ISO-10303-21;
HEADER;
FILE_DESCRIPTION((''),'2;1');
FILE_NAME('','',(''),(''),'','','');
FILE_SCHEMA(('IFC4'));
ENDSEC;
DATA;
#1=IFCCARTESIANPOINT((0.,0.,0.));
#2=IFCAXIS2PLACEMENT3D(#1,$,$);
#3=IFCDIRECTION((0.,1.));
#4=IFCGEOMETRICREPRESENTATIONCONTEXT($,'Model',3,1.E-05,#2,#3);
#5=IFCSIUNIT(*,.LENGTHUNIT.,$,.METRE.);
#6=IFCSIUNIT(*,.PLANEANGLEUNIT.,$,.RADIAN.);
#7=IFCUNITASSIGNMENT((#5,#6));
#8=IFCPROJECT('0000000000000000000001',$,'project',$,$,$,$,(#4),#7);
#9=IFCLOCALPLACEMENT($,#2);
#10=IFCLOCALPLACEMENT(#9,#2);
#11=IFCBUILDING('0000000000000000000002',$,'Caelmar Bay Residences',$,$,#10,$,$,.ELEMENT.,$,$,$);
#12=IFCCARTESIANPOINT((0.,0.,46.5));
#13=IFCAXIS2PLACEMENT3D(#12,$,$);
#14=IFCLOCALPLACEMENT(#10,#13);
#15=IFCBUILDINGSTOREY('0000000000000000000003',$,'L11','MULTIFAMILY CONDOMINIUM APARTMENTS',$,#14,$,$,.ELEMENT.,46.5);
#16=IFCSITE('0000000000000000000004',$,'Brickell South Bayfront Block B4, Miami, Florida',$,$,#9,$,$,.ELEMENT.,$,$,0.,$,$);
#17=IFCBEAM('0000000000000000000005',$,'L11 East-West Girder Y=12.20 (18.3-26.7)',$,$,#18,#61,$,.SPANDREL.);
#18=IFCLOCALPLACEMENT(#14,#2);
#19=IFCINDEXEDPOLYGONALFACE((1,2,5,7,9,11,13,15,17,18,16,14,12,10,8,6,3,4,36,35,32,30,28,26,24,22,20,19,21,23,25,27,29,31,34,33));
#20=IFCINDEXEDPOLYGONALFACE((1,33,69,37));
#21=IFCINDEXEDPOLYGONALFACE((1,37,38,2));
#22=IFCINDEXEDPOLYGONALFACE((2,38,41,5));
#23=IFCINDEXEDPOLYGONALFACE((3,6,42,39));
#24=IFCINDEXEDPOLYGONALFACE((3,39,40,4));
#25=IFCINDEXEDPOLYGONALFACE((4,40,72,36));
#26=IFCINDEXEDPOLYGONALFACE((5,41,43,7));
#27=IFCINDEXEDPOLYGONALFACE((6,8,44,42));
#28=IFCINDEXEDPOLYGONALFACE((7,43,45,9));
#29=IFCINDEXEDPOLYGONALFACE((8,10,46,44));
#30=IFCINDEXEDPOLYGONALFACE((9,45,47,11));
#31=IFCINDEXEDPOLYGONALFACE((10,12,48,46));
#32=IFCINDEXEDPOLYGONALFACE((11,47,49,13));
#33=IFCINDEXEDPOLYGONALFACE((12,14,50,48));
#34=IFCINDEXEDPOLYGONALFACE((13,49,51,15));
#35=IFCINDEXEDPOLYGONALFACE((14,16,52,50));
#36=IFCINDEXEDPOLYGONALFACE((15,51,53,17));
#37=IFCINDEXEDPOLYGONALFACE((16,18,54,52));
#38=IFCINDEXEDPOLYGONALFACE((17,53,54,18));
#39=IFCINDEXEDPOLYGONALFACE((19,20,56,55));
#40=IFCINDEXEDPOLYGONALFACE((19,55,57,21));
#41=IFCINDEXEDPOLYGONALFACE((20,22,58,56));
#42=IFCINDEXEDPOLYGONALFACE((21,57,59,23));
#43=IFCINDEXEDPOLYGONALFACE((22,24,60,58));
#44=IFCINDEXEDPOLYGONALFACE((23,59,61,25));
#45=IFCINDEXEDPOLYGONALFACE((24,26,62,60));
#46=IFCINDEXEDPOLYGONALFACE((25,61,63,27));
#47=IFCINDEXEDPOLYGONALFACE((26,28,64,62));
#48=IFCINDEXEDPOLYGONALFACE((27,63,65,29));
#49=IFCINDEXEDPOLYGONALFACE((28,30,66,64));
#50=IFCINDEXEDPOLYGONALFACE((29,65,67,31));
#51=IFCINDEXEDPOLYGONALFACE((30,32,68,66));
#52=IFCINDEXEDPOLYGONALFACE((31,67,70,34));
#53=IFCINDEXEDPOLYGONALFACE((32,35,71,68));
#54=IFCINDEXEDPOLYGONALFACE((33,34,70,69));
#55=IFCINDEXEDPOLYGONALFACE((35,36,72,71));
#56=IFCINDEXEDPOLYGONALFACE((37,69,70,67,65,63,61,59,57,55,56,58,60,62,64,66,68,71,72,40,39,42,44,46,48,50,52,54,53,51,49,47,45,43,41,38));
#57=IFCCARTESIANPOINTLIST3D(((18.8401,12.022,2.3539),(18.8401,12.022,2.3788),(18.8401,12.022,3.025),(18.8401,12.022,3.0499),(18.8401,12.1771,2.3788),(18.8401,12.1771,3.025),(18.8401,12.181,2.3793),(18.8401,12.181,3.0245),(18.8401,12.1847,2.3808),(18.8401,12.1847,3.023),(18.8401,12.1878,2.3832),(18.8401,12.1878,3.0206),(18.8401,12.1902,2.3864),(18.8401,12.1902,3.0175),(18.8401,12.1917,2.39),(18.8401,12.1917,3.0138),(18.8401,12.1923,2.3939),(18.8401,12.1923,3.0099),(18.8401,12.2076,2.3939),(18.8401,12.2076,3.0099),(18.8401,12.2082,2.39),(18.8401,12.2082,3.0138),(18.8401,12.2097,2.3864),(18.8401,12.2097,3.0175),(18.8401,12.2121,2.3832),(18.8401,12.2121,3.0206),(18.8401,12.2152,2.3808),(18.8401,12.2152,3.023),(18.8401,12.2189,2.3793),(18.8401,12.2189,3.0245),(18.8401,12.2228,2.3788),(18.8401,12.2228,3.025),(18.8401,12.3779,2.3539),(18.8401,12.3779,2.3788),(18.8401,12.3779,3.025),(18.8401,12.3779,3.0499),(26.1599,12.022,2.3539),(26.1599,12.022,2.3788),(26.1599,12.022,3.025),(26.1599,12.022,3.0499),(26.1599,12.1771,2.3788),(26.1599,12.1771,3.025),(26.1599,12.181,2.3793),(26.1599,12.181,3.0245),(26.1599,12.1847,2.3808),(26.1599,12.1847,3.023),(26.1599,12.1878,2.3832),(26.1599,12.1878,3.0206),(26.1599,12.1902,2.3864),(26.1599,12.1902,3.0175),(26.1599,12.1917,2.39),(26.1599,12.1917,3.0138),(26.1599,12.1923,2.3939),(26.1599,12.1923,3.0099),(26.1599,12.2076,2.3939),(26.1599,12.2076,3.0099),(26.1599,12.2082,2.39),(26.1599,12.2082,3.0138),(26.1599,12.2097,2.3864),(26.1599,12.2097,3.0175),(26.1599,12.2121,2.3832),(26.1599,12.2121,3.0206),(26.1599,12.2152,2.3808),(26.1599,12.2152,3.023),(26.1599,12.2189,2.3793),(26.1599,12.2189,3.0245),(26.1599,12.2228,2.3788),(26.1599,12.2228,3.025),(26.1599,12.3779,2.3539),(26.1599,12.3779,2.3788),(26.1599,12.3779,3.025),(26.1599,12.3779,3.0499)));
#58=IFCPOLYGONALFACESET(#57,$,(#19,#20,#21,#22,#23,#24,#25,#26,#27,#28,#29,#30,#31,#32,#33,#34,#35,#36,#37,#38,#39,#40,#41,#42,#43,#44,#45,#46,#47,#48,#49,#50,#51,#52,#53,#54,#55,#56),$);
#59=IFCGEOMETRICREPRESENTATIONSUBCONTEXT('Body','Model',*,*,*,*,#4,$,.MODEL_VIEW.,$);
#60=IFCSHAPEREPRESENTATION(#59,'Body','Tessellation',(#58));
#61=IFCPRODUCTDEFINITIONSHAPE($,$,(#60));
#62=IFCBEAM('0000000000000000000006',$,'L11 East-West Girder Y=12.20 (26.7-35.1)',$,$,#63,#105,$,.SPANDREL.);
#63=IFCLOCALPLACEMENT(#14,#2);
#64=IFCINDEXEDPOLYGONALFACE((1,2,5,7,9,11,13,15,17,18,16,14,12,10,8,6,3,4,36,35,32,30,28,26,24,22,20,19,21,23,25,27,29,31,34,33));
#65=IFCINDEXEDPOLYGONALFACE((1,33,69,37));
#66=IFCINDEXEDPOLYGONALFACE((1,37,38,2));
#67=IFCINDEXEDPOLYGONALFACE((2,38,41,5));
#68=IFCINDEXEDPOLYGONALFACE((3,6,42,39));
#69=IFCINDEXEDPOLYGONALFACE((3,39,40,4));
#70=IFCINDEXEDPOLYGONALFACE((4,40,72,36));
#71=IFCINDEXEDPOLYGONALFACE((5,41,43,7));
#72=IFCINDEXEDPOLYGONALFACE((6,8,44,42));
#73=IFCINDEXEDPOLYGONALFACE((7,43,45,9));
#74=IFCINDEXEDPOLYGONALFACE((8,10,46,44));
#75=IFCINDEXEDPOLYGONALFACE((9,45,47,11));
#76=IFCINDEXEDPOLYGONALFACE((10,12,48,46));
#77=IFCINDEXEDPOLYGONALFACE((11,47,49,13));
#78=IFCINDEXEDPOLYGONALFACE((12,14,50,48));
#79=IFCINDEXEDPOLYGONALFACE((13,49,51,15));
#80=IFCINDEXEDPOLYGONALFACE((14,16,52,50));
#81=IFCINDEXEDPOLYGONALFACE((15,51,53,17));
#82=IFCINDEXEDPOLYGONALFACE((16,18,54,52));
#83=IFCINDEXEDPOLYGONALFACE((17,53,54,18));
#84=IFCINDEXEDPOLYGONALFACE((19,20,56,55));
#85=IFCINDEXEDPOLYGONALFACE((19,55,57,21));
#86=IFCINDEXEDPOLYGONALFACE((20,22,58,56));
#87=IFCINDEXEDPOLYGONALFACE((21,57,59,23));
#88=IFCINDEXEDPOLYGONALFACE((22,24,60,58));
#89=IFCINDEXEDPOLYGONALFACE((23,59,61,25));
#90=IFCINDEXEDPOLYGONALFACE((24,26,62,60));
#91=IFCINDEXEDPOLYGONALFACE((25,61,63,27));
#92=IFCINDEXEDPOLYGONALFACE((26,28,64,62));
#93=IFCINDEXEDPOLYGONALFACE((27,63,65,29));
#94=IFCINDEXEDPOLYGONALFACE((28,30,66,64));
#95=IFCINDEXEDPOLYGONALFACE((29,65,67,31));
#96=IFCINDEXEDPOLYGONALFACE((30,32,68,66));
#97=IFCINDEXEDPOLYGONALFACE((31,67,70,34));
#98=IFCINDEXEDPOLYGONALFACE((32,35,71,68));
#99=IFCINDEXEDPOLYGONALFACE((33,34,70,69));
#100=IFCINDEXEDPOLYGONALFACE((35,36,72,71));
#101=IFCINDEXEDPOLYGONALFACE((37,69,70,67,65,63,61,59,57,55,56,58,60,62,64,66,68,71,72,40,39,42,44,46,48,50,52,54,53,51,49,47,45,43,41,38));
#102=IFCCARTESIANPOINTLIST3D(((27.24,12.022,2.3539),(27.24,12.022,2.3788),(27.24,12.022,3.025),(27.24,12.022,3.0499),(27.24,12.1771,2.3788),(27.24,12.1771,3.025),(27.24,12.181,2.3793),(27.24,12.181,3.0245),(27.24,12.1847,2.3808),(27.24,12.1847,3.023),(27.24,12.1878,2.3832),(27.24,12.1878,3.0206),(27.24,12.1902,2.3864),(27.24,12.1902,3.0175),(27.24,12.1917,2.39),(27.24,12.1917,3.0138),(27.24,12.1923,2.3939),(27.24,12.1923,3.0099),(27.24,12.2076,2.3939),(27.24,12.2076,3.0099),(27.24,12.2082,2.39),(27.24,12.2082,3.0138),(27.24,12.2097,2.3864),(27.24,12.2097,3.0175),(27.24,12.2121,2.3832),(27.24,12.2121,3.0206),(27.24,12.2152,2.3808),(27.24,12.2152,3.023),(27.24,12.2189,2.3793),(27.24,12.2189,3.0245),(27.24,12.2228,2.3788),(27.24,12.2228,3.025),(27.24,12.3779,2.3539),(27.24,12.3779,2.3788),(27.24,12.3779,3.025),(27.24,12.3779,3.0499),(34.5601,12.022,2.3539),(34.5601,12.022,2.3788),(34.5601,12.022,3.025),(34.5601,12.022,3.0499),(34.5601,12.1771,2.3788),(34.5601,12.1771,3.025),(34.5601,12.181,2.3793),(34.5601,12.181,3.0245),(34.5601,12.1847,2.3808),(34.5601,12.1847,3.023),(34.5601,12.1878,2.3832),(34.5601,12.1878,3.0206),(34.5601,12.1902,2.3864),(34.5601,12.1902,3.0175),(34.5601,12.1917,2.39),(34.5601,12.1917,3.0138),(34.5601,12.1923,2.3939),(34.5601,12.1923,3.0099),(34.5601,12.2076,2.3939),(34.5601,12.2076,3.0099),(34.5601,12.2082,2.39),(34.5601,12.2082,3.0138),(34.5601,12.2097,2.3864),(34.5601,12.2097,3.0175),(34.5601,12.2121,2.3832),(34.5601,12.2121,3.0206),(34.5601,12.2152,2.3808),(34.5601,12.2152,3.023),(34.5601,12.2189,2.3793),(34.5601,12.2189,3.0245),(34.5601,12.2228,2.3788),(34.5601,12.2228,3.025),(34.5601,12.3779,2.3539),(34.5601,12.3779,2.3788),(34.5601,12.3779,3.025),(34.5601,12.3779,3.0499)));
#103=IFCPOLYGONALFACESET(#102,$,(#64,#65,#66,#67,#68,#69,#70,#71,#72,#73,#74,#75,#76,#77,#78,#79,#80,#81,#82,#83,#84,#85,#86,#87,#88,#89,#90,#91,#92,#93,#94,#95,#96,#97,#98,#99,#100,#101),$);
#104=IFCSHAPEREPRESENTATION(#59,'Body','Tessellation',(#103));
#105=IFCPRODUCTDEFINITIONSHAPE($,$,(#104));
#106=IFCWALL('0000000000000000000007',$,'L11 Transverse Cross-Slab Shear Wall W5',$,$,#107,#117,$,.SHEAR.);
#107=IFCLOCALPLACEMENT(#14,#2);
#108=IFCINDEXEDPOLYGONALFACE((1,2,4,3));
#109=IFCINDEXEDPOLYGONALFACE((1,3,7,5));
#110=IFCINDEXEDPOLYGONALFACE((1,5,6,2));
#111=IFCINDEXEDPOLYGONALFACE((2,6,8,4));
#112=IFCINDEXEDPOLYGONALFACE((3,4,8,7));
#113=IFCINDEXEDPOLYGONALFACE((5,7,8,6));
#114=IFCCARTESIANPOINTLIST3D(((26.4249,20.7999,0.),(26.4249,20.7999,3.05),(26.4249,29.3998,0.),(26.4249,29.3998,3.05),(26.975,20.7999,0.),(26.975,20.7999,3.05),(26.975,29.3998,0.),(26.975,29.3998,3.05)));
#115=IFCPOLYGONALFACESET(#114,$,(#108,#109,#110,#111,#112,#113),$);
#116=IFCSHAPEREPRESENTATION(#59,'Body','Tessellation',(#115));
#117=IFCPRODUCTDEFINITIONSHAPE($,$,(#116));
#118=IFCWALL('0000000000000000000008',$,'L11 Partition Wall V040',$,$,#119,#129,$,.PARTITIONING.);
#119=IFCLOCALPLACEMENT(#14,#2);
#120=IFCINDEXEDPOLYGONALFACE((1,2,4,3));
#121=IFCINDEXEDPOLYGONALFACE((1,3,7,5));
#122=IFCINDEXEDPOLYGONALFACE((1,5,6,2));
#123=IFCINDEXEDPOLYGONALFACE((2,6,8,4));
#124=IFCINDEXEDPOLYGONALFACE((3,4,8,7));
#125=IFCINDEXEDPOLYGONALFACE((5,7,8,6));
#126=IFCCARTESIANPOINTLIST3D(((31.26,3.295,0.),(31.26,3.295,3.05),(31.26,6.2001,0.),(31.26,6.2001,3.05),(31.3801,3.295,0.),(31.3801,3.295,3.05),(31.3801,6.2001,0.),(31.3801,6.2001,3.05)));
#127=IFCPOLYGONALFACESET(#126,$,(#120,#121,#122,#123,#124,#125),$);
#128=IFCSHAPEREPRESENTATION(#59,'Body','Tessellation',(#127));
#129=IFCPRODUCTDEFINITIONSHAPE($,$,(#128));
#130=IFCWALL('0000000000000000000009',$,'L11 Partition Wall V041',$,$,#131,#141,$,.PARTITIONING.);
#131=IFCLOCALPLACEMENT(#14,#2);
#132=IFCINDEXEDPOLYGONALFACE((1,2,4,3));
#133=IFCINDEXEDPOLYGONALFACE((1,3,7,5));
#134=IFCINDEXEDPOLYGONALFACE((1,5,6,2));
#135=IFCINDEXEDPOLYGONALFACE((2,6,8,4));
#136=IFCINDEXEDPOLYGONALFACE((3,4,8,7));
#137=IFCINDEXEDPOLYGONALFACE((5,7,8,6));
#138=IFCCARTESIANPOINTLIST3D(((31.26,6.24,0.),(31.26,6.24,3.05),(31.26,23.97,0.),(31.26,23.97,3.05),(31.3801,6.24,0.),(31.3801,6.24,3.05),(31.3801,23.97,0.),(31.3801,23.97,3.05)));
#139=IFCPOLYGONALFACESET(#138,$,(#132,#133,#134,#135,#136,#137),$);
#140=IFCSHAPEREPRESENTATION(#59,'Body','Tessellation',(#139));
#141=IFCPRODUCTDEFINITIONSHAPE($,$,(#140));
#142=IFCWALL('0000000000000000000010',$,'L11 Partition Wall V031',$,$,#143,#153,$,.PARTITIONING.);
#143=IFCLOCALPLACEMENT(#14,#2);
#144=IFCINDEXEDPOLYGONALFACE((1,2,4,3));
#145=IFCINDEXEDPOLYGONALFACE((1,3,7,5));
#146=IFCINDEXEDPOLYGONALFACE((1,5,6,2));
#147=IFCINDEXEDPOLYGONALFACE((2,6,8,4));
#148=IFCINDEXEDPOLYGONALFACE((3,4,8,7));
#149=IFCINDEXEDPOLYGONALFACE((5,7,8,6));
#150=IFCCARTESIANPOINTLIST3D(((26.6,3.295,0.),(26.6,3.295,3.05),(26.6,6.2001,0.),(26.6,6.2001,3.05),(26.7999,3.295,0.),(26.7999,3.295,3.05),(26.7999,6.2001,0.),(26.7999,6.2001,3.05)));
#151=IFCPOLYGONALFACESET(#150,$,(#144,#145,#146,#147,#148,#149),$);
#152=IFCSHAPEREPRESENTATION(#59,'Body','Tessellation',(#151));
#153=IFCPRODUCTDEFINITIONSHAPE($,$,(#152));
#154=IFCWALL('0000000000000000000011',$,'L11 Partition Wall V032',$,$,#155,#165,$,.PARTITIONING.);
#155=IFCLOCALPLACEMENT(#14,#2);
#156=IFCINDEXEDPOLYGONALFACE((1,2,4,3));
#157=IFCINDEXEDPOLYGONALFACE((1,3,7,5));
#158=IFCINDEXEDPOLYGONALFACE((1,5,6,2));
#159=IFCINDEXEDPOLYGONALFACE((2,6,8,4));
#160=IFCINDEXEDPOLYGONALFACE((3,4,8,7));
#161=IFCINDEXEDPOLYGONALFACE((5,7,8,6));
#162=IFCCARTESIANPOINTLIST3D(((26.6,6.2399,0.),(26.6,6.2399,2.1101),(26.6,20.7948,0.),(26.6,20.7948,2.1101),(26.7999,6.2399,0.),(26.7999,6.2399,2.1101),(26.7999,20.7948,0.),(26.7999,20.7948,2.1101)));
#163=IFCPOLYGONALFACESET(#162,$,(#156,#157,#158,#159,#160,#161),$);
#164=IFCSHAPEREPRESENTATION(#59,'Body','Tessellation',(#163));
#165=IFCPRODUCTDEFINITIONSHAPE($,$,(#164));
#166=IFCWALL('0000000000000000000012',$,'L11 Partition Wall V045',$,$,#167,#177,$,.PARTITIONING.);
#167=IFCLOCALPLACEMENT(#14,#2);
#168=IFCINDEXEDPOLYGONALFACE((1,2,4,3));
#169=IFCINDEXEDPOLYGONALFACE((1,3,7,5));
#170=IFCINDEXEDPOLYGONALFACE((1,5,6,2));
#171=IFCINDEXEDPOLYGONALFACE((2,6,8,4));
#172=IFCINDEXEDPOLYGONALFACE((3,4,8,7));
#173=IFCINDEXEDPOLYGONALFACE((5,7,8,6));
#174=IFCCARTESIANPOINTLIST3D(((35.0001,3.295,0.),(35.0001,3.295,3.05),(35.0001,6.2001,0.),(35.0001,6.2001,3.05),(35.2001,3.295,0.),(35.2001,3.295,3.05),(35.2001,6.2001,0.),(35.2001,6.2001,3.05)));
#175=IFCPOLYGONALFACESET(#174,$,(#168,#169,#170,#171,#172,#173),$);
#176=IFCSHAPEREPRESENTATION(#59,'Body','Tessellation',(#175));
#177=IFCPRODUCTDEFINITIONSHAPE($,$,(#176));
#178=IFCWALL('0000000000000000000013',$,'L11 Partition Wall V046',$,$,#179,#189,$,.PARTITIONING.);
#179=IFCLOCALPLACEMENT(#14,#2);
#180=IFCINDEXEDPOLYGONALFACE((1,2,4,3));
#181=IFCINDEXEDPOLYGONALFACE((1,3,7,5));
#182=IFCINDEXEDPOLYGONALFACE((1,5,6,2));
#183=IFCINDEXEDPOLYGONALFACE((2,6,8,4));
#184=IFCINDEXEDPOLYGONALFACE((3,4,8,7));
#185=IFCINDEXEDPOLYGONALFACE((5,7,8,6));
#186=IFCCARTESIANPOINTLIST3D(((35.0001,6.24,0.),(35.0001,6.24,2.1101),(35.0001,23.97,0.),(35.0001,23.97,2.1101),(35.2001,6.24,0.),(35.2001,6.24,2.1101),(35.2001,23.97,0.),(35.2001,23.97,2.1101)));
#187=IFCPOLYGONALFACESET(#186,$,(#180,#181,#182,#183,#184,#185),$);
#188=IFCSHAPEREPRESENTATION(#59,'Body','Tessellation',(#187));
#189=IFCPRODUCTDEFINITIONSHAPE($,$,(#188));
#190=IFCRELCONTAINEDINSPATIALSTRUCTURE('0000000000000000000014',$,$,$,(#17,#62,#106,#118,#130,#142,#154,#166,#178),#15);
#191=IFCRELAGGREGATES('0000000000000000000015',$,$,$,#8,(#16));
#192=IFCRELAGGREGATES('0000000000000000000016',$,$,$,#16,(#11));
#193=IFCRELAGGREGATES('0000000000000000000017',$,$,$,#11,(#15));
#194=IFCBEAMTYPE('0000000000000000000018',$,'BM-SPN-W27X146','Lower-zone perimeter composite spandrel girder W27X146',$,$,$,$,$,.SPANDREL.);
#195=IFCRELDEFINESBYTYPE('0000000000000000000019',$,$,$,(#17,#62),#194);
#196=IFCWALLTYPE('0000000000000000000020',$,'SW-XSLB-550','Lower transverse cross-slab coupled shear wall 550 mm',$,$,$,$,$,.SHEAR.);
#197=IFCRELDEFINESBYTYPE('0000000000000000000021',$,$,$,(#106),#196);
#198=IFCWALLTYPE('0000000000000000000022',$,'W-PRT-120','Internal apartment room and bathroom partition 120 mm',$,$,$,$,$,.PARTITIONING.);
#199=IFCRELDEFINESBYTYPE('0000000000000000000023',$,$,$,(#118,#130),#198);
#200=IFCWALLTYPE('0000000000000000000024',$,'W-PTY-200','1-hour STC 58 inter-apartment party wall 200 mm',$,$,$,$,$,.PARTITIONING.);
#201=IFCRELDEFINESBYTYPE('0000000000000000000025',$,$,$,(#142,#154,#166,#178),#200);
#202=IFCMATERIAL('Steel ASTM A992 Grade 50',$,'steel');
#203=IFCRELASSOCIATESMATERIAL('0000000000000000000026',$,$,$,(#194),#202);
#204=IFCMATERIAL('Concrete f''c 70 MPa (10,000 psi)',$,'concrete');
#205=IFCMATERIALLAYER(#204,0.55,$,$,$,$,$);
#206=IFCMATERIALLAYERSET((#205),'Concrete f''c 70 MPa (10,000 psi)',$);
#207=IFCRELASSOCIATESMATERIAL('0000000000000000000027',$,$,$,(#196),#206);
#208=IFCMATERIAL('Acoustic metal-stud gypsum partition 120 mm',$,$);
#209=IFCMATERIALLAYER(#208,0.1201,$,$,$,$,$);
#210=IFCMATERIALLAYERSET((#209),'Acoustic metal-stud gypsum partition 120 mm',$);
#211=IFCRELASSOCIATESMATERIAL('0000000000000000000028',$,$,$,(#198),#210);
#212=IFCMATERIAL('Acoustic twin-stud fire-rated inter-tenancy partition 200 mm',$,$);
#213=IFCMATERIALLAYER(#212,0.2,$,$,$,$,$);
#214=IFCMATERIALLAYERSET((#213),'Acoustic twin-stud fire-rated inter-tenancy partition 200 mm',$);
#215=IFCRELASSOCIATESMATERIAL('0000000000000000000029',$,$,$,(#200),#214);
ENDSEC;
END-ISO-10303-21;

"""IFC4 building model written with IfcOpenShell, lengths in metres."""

from ifc_helpers import new_model, si_unit, direction, frame, frame_2d, origin, origin_2d, place, context, subcontext, project, spatial, rectangle, i_section, extrude, material, layer, layer_set, material_profile, profile_set, type_object, element, save


model = new_model("IFC4")

# Units and contexts
model_context = context("Model", 3, precision=1e-05, world=origin(), true_north=direction((0.0, 1.0)))
body_context = subcontext(model_context, "Body", "Model", "MODEL_VIEW")
ifc_project = project(units=[si_unit("LENGTHUNIT", "METRE"), si_unit("PLANEANGLEUNIT", "RADIAN")], contexts=[model_context])

# Site, building, storey
site_placement = place(None, origin())
site = spatial("IfcSite", under=ifc_project, at=site_placement, Name="Brickell South Bayfront Block B4, Miami, Florida", CompositionType="ELEMENT", RefElevation=0.0)
building_placement = place(site_placement, origin())
building = spatial("IfcBuilding", under=site, at=building_placement, Name="Caelmar Bay Residences", CompositionType="ELEMENT")
storey_placement = place(building_placement, frame((0.0, 0.0, 46.5)))
storey = spatial("IfcBuildingStorey", under=building, at=storey_placement, Name="L11", Description="MULTIFAMILY CONDOMINIUM APARTMENTS", CompositionType="ELEMENT", Elevation=46.5)

# Shared definitions
ifc_material_1 = material(Name="Concrete f'c 70 MPa (10,000 psi)", Category="concrete")

# Beams
ifc_material_2 = material(Name="Steel ASTM A992 Grade 50", Category="steel")
ifc_material_profile_1 = material_profile(ifc_material_2, i_section(OverallWidth=0.356, OverallDepth=0.696, WebThickness=0.0154, FlangeThickness=0.0249, FilletRadius=0.0151, at=origin_2d()), Name="W27X146")
ifc_profile_set_1 = profile_set([ifc_material_profile_1], Name="Steel ASTM A992 Grade 50")
beam_type_1 = type_object("IfcBeamType", Name="BM-SPN-W27X146", Description="Lower-zone perimeter composite spandrel girder W27X146", PredefinedType="SPANDREL", material=ifc_profile_set_1)
beam_1_placement = place(storey_placement, frame((18.8401, 12.2, 2.7019), z_axis=(1.0, 0.0, 0.0), x_axis=(0.0, 1.0, 0.0)))
element("IfcBeam", 1, at=beam_1_placement, inside=storey, type_object=beam_type_1, Name="L11 East-West Girder Y=12.20 (18.3-26.7)", PredefinedType="SPANDREL", context=body_context, shape_type="SweptSolid", body=[
    extrude(i_section(OverallWidth=0.356, OverallDepth=0.696, WebThickness=0.0154, FlangeThickness=0.0249, FilletRadius=0.0151, at=origin_2d()), origin(), (0.0, 0.0, 1.0), 7.3198),
])
beam_2_placement = place(storey_placement, frame((27.24, 12.2, 2.7019), z_axis=(1.0, 0.0, 0.0), x_axis=(0.0, 1.0, 0.0)))
element("IfcBeam", 2, at=beam_2_placement, inside=storey, type_object=beam_type_1, Name="L11 East-West Girder Y=12.20 (26.7-35.1)", PredefinedType="SPANDREL", context=body_context, shape_type="SweptSolid", body=[
    extrude(i_section(OverallWidth=0.356, OverallDepth=0.696, WebThickness=0.0154, FlangeThickness=0.0249, FilletRadius=0.0151, at=origin_2d()), origin(), (0.0, 0.0, 1.0), 7.3201),
])

# Walls
ifc_layer_1 = layer(ifc_material_1, 0.55)
ifc_layer_set_1 = layer_set([ifc_layer_1], Name="Concrete f'c 70 MPa (10,000 psi)")
wall_type_1 = type_object("IfcWallType", Name="SW-XSLB-550", Description="Lower transverse cross-slab coupled shear wall 550 mm", PredefinedType="SHEAR", material=ifc_layer_set_1)
wall_1_placement = place(storey_placement, frame((26.7, 20.8, 0.0), z_axis=(0.0, 0.0, 1.0), x_axis=(0.0, 1.0, 0.0)))
element("IfcWall", 3, at=wall_1_placement, inside=storey, type_object=wall_type_1, Name="L11 Transverse Cross-Slab Shear Wall W5", PredefinedType="SHEAR", context=body_context, shape_type="SweptSolid", body=[
    extrude(rectangle(XDim=8.5999, YDim=0.55, at=frame_2d((4.2998, 0.0))), origin(), (0.0, 0.0, 1.0), 3.05),
])
ifc_material_3 = material(Name="Acoustic metal-stud gypsum partition 120 mm")
ifc_layer_2 = layer(ifc_material_3, 0.1201)
ifc_layer_set_2 = layer_set([ifc_layer_2], Name="Acoustic metal-stud gypsum partition 120 mm")
wall_type_2 = type_object("IfcWallType", Name="W-PRT-120", Description="Internal apartment room and bathroom partition 120 mm", PredefinedType="PARTITIONING", material=ifc_layer_set_2)
wall_2_placement = place(storey_placement, frame((31.3201, 3.2949, 0.0), z_axis=(0.0, 0.0, 1.0), x_axis=(0.0, 1.0, 0.0)))
element("IfcWall", 4, at=wall_2_placement, inside=storey, type_object=wall_type_2, Name="L11 Partition Wall V040", PredefinedType="PARTITIONING", context=body_context, shape_type="SweptSolid", body=[
    extrude(rectangle(XDim=2.905, YDim=0.1201, at=frame_2d((1.4526, 0.0))), origin(), (0.0, 0.0, 1.0), 3.05),
])
wall_3_placement = place(storey_placement, frame((31.3201, 6.24, 0.0), z_axis=(0.0, 0.0, 1.0), x_axis=(0.0, 1.0, 0.0)))
element("IfcWall", 5, at=wall_3_placement, inside=storey, type_object=wall_type_2, Name="L11 Partition Wall V041", PredefinedType="PARTITIONING", context=body_context, shape_type="SweptSolid", body=[
    extrude(rectangle(XDim=17.73, YDim=0.1201, at=frame_2d((8.865, 0.0))), origin(), (0.0, 0.0, 1.0), 3.05),
])

# Walls
ifc_material_4 = material(Name="Acoustic twin-stud fire-rated inter-tenancy partition 200 mm")
ifc_layer_3 = layer(ifc_material_4, 0.2)
ifc_layer_set_3 = layer_set([ifc_layer_3], Name="Acoustic twin-stud fire-rated inter-tenancy partition 200 mm")
wall_type_3 = type_object("IfcWallType", Name="W-PTY-200", Description="1-hour STC 58 inter-apartment party wall 200 mm", PredefinedType="PARTITIONING", material=ifc_layer_set_3)
wall_4_placement = place(storey_placement, frame((26.7, 3.2949, 0.0), z_axis=(0.0, 0.0, 1.0), x_axis=(0.0, 1.0, 0.0)))
element("IfcWall", 6, at=wall_4_placement, inside=storey, type_object=wall_type_3, Name="L11 Partition Wall V031", PredefinedType="PARTITIONING", context=body_context, shape_type="SweptSolid", body=[
    extrude(rectangle(XDim=2.905, YDim=0.2, at=frame_2d((1.4526, 0.0))), origin(), (0.0, 0.0, 1.0), 3.05),
])
wall_5_placement = place(storey_placement, frame((26.7, 6.24, 0.0), z_axis=(0.0, 0.0, 1.0), x_axis=(0.0, 1.0, 0.0)))
element("IfcWall", 7, at=wall_5_placement, inside=storey, type_object=wall_type_3, Name="L11 Partition Wall V032", PredefinedType="PARTITIONING", context=body_context, shape_type="SweptSolid", body=[
    extrude(rectangle(XDim=14.5549, YDim=0.2, at=frame_2d((7.2773, 0.0))), origin(), (0.0, 0.0, 1.0), 2.1101),
])
wall_6_placement = place(storey_placement, frame((35.1001, 3.2949, 0.0), z_axis=(0.0, 0.0, 1.0), x_axis=(0.0, 1.0, 0.0)))
element("IfcWall", 8, at=wall_6_placement, inside=storey, type_object=wall_type_3, Name="L11 Partition Wall V045", PredefinedType="PARTITIONING", context=body_context, shape_type="SweptSolid", body=[
    extrude(rectangle(XDim=2.905, YDim=0.2, at=frame_2d((1.4526, 0.0))), origin(), (0.0, 0.0, 1.0), 3.05),
])
wall_7_placement = place(storey_placement, frame((35.1001, 6.24, 0.0), z_axis=(0.0, 0.0, 1.0), x_axis=(0.0, 1.0, 0.0)))
element("IfcWall", 9, at=wall_7_placement, inside=storey, type_object=wall_type_3, Name="L11 Partition Wall V046", PredefinedType="PARTITIONING", context=body_context, shape_type="SweptSolid", body=[
    extrude(rectangle(XDim=17.73, YDim=0.2, at=frame_2d((8.865, 0.0))), origin(), (0.0, 0.0, 1.0), 2.1101),
])

save(model, "model.ifc")
